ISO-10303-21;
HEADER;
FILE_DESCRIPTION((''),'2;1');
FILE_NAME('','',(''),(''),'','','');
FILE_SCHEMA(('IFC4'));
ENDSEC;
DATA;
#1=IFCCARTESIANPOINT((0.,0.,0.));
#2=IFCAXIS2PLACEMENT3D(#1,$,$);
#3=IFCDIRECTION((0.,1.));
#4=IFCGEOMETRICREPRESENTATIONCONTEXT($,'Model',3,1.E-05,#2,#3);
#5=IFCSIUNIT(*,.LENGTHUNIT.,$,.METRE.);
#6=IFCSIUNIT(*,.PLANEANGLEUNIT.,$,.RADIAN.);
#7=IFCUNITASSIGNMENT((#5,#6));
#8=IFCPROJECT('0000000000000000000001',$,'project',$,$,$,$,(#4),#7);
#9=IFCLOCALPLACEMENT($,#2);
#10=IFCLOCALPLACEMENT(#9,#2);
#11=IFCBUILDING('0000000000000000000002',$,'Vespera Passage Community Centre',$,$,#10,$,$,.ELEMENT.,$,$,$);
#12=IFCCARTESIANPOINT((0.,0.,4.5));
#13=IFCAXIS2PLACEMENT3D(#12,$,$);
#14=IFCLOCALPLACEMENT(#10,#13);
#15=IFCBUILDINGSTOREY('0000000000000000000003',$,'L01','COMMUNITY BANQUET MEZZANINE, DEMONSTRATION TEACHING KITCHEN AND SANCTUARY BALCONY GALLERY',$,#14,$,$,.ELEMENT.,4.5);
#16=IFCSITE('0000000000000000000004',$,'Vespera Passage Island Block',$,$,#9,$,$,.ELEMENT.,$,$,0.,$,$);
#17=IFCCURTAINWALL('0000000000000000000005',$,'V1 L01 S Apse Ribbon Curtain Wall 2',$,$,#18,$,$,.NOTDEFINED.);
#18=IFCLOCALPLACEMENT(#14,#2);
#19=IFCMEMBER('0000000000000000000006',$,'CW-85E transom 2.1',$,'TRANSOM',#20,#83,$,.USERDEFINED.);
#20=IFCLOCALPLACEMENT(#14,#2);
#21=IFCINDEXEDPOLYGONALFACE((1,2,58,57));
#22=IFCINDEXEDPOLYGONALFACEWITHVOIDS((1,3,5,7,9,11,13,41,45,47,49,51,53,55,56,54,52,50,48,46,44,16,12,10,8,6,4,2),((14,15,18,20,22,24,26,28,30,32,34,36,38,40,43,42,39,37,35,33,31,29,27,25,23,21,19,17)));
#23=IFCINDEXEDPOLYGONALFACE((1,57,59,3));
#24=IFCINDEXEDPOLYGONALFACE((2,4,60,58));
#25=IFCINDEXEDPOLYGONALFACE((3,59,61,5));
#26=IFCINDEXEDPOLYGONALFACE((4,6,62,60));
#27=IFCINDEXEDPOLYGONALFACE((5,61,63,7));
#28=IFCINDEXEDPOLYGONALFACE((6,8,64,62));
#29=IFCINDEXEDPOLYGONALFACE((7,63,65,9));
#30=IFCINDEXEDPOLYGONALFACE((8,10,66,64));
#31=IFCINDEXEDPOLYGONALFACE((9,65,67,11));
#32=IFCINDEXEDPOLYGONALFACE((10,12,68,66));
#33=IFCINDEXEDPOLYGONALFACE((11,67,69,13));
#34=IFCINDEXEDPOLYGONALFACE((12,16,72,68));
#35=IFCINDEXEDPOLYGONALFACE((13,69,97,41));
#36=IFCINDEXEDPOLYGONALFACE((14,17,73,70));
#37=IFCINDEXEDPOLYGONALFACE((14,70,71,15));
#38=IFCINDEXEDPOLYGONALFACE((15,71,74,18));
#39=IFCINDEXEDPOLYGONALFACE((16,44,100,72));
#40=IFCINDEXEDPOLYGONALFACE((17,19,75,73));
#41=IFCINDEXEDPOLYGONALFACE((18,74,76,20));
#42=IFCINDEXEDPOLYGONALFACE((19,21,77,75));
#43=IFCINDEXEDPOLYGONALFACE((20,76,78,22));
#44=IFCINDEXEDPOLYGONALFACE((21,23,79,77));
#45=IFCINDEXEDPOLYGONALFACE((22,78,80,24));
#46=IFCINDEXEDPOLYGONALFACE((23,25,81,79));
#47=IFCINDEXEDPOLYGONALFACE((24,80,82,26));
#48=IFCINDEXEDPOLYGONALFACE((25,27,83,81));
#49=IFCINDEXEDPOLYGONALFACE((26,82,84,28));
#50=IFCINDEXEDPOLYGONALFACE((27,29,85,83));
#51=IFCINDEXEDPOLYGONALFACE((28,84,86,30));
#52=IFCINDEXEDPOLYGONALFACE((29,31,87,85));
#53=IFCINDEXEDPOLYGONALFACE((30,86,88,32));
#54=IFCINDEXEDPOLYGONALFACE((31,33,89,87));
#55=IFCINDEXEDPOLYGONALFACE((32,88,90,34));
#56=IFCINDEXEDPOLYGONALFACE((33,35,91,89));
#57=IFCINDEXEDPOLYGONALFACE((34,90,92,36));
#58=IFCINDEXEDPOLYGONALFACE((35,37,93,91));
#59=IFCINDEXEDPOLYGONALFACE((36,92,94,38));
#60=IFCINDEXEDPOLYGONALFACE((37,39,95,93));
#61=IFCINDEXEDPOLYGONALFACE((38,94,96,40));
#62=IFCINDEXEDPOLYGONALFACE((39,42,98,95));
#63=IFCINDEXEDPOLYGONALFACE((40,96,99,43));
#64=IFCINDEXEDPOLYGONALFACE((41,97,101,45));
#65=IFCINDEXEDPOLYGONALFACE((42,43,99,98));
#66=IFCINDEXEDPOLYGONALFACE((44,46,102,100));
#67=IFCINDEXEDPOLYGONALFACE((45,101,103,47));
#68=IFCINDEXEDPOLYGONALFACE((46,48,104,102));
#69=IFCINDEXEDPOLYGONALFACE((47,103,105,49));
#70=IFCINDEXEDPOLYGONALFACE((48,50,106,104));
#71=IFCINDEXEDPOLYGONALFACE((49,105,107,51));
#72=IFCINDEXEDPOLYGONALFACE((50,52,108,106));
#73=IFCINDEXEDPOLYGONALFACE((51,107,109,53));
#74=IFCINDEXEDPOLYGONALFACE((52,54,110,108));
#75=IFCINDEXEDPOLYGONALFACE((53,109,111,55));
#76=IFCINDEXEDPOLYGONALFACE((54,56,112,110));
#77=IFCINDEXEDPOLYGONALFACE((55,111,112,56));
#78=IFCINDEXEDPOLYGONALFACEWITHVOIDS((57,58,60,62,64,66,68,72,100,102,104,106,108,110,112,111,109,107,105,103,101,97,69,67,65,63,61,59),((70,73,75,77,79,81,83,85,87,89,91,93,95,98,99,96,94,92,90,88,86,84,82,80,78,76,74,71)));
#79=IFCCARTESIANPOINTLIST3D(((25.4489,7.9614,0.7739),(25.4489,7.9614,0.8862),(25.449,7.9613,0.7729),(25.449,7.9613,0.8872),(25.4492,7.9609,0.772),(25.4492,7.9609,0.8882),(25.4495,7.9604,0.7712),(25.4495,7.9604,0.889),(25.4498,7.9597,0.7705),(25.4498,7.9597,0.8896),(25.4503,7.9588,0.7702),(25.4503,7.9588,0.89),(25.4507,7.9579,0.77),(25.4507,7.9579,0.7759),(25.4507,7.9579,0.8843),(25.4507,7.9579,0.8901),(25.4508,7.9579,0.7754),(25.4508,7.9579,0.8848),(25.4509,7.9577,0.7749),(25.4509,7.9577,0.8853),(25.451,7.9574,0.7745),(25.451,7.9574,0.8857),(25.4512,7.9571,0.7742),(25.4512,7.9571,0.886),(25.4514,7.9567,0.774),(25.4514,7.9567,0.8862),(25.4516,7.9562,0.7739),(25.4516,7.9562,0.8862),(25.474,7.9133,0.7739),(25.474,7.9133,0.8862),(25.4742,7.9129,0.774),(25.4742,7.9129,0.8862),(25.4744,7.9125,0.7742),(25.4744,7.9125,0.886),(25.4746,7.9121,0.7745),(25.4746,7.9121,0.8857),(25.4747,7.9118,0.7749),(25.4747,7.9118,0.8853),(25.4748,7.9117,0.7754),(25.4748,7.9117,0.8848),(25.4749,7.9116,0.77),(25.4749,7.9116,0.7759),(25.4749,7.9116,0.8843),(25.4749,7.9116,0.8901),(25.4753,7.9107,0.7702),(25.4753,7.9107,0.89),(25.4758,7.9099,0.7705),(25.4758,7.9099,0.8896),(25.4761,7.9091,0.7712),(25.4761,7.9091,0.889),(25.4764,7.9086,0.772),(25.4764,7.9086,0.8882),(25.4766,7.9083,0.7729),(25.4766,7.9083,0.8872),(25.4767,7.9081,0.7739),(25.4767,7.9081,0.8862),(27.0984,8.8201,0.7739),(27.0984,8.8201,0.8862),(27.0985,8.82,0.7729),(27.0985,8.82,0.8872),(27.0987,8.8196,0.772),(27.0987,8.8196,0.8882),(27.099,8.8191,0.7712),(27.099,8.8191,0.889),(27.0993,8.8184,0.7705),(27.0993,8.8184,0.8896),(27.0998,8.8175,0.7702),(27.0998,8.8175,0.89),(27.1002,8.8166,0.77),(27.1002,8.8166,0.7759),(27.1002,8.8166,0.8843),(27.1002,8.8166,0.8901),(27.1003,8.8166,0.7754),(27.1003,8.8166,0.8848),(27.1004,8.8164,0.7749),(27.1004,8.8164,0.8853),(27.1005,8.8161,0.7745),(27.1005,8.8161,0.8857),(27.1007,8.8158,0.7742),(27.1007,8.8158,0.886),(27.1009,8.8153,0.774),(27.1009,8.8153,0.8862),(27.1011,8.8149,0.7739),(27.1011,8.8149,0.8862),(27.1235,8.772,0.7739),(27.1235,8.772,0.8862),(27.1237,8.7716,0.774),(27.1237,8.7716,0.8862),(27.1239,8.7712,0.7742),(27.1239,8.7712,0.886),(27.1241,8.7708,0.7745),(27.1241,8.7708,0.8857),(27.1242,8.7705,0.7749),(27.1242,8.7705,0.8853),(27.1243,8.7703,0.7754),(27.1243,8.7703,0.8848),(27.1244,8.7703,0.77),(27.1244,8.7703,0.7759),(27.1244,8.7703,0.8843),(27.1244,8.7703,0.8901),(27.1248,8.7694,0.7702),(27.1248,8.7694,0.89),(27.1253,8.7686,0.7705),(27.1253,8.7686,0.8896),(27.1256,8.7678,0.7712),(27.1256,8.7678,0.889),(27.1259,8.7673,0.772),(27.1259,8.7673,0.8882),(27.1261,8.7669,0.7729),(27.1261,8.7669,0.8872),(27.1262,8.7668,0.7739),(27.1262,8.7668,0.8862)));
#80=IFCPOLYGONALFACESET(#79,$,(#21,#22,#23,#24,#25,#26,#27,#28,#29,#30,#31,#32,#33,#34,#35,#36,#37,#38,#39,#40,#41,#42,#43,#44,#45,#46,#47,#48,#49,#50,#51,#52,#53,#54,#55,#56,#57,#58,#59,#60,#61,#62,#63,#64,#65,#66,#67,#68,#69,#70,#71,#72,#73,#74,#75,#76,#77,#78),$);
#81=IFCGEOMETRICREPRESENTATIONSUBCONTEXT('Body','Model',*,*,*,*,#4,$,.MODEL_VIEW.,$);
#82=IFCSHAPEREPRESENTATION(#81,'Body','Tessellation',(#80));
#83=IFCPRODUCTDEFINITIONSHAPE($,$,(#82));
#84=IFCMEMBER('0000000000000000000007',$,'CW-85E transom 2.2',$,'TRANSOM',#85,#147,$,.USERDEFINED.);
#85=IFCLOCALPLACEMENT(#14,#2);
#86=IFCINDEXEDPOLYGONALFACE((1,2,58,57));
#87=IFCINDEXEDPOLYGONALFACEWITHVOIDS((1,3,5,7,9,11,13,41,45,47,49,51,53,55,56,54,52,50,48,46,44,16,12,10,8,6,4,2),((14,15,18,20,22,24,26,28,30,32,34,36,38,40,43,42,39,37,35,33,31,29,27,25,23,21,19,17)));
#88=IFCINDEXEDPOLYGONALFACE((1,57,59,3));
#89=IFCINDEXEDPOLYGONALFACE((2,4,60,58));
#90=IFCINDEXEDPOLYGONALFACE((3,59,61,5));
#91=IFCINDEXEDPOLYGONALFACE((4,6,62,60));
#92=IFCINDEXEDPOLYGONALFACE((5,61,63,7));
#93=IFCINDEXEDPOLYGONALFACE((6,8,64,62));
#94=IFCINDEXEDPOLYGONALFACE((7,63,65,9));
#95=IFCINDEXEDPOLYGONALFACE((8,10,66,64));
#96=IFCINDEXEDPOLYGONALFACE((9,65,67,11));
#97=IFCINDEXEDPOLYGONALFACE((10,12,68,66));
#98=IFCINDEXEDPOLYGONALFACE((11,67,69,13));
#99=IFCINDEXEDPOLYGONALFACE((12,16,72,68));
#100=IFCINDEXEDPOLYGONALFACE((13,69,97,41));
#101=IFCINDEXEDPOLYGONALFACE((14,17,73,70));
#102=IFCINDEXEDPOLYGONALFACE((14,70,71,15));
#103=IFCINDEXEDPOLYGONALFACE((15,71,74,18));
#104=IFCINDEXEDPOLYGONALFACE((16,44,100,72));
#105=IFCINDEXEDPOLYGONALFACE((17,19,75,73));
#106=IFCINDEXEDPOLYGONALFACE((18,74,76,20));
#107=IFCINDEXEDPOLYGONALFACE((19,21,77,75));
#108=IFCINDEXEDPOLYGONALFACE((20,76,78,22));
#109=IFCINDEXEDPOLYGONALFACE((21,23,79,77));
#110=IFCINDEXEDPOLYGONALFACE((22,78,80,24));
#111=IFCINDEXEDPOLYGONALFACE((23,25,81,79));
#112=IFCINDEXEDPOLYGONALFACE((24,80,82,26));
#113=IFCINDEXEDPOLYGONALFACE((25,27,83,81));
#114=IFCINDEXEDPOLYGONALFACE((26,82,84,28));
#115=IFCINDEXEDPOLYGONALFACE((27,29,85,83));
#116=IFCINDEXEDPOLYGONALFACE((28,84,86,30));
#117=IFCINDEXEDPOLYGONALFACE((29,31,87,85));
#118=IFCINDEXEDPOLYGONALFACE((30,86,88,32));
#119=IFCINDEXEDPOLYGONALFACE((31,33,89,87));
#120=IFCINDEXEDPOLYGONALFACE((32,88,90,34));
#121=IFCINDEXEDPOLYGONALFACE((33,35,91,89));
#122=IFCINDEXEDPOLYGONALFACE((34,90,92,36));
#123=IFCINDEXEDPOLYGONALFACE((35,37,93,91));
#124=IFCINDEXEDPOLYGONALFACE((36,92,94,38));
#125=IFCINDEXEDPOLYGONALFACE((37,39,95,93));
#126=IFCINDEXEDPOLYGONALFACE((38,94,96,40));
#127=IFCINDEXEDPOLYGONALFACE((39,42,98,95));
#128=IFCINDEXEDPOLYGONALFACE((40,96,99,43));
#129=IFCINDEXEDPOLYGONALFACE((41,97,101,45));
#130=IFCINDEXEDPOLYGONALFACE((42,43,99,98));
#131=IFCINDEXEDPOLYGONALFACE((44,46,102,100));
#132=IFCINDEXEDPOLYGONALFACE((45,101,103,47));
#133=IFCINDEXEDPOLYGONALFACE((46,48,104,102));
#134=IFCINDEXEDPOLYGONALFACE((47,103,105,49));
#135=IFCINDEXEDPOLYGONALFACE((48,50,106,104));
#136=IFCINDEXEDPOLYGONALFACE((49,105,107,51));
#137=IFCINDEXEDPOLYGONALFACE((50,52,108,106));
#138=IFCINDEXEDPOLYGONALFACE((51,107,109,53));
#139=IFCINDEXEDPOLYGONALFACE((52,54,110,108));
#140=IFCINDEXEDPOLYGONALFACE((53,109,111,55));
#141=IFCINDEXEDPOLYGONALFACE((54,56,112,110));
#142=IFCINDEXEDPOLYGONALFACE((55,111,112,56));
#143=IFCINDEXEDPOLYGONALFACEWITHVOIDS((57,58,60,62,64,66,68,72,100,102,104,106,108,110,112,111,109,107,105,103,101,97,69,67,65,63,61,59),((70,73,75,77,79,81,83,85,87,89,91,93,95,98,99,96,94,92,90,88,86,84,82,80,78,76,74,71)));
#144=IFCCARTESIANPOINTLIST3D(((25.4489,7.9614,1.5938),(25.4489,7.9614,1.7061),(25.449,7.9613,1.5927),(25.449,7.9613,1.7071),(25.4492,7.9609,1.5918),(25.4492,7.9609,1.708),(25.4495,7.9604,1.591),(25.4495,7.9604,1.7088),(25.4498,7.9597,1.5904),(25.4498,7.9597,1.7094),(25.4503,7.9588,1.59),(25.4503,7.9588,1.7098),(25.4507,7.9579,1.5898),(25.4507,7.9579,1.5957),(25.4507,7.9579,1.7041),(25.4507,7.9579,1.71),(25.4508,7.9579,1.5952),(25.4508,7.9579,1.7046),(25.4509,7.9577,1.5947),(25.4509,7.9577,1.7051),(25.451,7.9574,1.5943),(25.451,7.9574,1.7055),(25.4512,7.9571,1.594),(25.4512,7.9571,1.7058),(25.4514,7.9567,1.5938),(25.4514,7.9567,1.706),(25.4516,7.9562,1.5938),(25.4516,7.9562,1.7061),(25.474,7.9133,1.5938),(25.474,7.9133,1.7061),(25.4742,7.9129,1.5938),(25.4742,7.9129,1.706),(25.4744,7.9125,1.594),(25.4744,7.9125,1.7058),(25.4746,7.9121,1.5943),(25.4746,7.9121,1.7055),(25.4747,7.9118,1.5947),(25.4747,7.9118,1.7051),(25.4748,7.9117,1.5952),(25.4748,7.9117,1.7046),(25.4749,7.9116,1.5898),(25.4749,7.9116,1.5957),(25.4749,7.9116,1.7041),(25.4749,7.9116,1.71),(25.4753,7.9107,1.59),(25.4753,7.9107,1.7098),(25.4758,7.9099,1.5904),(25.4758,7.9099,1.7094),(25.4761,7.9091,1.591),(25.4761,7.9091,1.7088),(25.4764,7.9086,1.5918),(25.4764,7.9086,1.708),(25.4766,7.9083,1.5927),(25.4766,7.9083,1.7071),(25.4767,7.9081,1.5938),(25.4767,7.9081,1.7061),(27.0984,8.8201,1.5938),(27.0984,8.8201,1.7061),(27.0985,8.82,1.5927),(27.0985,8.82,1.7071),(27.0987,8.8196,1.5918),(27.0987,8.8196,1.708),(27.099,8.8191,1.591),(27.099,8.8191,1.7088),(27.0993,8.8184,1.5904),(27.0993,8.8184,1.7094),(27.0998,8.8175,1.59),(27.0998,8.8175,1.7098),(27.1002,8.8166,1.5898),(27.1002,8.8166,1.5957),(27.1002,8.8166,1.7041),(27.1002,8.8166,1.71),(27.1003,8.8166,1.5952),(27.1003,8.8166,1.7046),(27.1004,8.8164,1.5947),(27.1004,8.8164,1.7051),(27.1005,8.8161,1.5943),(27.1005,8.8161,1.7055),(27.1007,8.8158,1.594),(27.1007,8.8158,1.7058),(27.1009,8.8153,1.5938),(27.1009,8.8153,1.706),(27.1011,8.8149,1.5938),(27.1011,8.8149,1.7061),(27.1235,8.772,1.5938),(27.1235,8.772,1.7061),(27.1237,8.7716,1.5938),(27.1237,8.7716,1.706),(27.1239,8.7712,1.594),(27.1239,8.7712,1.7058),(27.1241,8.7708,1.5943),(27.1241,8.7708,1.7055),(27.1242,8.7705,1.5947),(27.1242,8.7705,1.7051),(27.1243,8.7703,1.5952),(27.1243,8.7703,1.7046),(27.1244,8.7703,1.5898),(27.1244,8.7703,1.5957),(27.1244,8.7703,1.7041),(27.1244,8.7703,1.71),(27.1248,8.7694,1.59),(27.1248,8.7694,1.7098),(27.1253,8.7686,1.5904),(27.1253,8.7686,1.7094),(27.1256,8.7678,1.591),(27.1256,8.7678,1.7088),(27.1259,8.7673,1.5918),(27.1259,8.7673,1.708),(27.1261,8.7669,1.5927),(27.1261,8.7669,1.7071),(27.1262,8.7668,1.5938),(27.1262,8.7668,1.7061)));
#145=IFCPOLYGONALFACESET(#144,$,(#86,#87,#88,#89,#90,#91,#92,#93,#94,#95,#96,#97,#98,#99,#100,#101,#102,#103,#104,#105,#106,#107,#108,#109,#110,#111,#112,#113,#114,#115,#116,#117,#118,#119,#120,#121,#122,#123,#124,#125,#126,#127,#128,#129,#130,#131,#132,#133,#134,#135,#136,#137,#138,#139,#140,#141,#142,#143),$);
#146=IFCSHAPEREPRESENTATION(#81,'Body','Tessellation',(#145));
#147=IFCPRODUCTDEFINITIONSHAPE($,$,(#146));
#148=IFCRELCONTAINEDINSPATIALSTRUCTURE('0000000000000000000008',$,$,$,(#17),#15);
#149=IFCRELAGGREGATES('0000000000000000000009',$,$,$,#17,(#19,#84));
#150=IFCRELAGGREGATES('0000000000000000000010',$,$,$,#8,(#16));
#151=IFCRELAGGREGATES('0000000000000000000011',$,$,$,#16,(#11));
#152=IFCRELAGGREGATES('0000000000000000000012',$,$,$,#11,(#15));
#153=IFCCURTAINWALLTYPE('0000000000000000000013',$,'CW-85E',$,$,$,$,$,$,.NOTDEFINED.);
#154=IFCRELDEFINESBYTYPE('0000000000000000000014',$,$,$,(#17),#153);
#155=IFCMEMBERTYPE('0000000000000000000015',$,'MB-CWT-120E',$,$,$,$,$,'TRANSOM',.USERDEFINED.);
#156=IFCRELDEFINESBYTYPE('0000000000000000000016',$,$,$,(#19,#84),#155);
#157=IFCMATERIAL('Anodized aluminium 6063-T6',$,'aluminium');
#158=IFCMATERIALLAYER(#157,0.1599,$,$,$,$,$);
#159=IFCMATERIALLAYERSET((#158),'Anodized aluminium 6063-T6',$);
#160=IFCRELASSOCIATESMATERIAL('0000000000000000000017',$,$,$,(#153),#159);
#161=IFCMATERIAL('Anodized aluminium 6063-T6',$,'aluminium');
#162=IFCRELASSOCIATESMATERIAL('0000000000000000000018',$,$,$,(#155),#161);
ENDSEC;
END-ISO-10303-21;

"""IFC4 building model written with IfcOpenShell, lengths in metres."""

from ifc_helpers import new_model, si_unit, direction, frame, origin, origin_2d, place, context, subcontext, project, spatial, hollow_rectangle, extrude, material, layer, layer_set, material_profile, profile_set, type_object, element, aggregate, save


model = new_model("IFC4")

# Units and contexts
model_context = context("Model", 3, precision=1e-05, world=origin(), true_north=direction((0.0, 1.0)))
body_context = subcontext(model_context, "Body", "Model", "MODEL_VIEW")
ifc_project = project(units=[si_unit("LENGTHUNIT", "METRE"), si_unit("PLANEANGLEUNIT", "RADIAN")], contexts=[model_context])

# Site, building, storey
site_placement = place(None, origin())
site = spatial("IfcSite", under=ifc_project, at=site_placement, Name="Vespera Passage Island Block", CompositionType="ELEMENT", RefElevation=0.0)
building_placement = place(site_placement, origin())
building = spatial("IfcBuilding", under=site, at=building_placement, Name="Vespera Passage Community Centre", CompositionType="ELEMENT")
storey_placement = place(building_placement, frame((0.0, 0.0, 4.5)))
storey = spatial("IfcBuildingStorey", under=building, at=storey_placement, Name="L01", Description="COMMUNITY BANQUET MEZZANINE, DEMONSTRATION TEACHING KITCHEN AND SANCTUARY BALCONY GALLERY", CompositionType="ELEMENT", Elevation=4.5)

# Curtain wall
ifc_material_1 = material(Name="Anodized aluminium 6063-T6", Category="aluminium")
ifc_layer_1 = layer(ifc_material_1, 0.1599)
ifc_layer_set_1 = layer_set([ifc_layer_1], Name="Anodized aluminium 6063-T6")
curtain_wall_type_1 = type_object("IfcCurtainWallType", Name="CW-85E", PredefinedType="NOTDEFINED", material=ifc_layer_set_1)
curtain_wall_1_placement = place(storey_placement, origin())
curtain_wall_1 = element("IfcCurtainWall", 1, at=curtain_wall_1_placement, inside=storey, type_object=curtain_wall_type_1, Name="V1 L01 S Apse Ribbon Curtain Wall 2", PredefinedType="NOTDEFINED")

# Members
ifc_material_2 = material(Name="Anodized aluminium 6063-T6", Category="aluminium")
ifc_material_profile_1 = material_profile(ifc_material_2, hollow_rectangle(XDim=0.0601, YDim=0.1201, WallThickness=0.0039, InnerFilletRadius=0.002, OuterFilletRadius=0.0039, at=origin_2d()), Name="ALU120X60X4")
ifc_profile_set_1 = profile_set([ifc_material_profile_1], Name="Anodized aluminium 6063-T6")
member_type_1 = type_object("IfcMemberType", Name="MB-CWT-120E", ElementType="TRANSOM", PredefinedType="USERDEFINED", material=ifc_profile_set_1)
member_1_placement = place(storey_placement, frame((27.1123, 8.7935, 0.8301), z_axis=(-0.887008, -0.461754, 0.0), x_axis=(0.461754, -0.887008, 0.0)))
member_1 = element("IfcMember", 2, at=member_1_placement, type_object=member_type_1, Name="CW-85E transom 2.1", ObjectType="TRANSOM", PredefinedType="USERDEFINED", context=body_context, shape_type="SweptSolid", body=[
    extrude(hollow_rectangle(XDim=0.0601, YDim=0.1201, WallThickness=0.0039, InnerFilletRadius=0.002, OuterFilletRadius=0.0039, at=origin_2d()), origin(), (0.0, 0.0, 1.0), 1.8596),
])
member_2_placement = place(storey_placement, frame((27.1123, 8.7935, 1.6499), z_axis=(-0.887008, -0.461754, 0.0), x_axis=(0.461754, -0.887008, 0.0)))
member_2 = element("IfcMember", 3, at=member_2_placement, type_object=member_type_1, Name="CW-85E transom 2.2", ObjectType="TRANSOM", PredefinedType="USERDEFINED", context=body_context, shape_type="SweptSolid", body=[
    extrude(hollow_rectangle(XDim=0.0601, YDim=0.1201, WallThickness=0.0039, InnerFilletRadius=0.002, OuterFilletRadius=0.0039, at=origin_2d()), origin(), (0.0, 0.0, 1.0), 1.8596),
])

aggregate(curtain_wall_1, [member_1, member_2])

save(model, "model.ifc")
